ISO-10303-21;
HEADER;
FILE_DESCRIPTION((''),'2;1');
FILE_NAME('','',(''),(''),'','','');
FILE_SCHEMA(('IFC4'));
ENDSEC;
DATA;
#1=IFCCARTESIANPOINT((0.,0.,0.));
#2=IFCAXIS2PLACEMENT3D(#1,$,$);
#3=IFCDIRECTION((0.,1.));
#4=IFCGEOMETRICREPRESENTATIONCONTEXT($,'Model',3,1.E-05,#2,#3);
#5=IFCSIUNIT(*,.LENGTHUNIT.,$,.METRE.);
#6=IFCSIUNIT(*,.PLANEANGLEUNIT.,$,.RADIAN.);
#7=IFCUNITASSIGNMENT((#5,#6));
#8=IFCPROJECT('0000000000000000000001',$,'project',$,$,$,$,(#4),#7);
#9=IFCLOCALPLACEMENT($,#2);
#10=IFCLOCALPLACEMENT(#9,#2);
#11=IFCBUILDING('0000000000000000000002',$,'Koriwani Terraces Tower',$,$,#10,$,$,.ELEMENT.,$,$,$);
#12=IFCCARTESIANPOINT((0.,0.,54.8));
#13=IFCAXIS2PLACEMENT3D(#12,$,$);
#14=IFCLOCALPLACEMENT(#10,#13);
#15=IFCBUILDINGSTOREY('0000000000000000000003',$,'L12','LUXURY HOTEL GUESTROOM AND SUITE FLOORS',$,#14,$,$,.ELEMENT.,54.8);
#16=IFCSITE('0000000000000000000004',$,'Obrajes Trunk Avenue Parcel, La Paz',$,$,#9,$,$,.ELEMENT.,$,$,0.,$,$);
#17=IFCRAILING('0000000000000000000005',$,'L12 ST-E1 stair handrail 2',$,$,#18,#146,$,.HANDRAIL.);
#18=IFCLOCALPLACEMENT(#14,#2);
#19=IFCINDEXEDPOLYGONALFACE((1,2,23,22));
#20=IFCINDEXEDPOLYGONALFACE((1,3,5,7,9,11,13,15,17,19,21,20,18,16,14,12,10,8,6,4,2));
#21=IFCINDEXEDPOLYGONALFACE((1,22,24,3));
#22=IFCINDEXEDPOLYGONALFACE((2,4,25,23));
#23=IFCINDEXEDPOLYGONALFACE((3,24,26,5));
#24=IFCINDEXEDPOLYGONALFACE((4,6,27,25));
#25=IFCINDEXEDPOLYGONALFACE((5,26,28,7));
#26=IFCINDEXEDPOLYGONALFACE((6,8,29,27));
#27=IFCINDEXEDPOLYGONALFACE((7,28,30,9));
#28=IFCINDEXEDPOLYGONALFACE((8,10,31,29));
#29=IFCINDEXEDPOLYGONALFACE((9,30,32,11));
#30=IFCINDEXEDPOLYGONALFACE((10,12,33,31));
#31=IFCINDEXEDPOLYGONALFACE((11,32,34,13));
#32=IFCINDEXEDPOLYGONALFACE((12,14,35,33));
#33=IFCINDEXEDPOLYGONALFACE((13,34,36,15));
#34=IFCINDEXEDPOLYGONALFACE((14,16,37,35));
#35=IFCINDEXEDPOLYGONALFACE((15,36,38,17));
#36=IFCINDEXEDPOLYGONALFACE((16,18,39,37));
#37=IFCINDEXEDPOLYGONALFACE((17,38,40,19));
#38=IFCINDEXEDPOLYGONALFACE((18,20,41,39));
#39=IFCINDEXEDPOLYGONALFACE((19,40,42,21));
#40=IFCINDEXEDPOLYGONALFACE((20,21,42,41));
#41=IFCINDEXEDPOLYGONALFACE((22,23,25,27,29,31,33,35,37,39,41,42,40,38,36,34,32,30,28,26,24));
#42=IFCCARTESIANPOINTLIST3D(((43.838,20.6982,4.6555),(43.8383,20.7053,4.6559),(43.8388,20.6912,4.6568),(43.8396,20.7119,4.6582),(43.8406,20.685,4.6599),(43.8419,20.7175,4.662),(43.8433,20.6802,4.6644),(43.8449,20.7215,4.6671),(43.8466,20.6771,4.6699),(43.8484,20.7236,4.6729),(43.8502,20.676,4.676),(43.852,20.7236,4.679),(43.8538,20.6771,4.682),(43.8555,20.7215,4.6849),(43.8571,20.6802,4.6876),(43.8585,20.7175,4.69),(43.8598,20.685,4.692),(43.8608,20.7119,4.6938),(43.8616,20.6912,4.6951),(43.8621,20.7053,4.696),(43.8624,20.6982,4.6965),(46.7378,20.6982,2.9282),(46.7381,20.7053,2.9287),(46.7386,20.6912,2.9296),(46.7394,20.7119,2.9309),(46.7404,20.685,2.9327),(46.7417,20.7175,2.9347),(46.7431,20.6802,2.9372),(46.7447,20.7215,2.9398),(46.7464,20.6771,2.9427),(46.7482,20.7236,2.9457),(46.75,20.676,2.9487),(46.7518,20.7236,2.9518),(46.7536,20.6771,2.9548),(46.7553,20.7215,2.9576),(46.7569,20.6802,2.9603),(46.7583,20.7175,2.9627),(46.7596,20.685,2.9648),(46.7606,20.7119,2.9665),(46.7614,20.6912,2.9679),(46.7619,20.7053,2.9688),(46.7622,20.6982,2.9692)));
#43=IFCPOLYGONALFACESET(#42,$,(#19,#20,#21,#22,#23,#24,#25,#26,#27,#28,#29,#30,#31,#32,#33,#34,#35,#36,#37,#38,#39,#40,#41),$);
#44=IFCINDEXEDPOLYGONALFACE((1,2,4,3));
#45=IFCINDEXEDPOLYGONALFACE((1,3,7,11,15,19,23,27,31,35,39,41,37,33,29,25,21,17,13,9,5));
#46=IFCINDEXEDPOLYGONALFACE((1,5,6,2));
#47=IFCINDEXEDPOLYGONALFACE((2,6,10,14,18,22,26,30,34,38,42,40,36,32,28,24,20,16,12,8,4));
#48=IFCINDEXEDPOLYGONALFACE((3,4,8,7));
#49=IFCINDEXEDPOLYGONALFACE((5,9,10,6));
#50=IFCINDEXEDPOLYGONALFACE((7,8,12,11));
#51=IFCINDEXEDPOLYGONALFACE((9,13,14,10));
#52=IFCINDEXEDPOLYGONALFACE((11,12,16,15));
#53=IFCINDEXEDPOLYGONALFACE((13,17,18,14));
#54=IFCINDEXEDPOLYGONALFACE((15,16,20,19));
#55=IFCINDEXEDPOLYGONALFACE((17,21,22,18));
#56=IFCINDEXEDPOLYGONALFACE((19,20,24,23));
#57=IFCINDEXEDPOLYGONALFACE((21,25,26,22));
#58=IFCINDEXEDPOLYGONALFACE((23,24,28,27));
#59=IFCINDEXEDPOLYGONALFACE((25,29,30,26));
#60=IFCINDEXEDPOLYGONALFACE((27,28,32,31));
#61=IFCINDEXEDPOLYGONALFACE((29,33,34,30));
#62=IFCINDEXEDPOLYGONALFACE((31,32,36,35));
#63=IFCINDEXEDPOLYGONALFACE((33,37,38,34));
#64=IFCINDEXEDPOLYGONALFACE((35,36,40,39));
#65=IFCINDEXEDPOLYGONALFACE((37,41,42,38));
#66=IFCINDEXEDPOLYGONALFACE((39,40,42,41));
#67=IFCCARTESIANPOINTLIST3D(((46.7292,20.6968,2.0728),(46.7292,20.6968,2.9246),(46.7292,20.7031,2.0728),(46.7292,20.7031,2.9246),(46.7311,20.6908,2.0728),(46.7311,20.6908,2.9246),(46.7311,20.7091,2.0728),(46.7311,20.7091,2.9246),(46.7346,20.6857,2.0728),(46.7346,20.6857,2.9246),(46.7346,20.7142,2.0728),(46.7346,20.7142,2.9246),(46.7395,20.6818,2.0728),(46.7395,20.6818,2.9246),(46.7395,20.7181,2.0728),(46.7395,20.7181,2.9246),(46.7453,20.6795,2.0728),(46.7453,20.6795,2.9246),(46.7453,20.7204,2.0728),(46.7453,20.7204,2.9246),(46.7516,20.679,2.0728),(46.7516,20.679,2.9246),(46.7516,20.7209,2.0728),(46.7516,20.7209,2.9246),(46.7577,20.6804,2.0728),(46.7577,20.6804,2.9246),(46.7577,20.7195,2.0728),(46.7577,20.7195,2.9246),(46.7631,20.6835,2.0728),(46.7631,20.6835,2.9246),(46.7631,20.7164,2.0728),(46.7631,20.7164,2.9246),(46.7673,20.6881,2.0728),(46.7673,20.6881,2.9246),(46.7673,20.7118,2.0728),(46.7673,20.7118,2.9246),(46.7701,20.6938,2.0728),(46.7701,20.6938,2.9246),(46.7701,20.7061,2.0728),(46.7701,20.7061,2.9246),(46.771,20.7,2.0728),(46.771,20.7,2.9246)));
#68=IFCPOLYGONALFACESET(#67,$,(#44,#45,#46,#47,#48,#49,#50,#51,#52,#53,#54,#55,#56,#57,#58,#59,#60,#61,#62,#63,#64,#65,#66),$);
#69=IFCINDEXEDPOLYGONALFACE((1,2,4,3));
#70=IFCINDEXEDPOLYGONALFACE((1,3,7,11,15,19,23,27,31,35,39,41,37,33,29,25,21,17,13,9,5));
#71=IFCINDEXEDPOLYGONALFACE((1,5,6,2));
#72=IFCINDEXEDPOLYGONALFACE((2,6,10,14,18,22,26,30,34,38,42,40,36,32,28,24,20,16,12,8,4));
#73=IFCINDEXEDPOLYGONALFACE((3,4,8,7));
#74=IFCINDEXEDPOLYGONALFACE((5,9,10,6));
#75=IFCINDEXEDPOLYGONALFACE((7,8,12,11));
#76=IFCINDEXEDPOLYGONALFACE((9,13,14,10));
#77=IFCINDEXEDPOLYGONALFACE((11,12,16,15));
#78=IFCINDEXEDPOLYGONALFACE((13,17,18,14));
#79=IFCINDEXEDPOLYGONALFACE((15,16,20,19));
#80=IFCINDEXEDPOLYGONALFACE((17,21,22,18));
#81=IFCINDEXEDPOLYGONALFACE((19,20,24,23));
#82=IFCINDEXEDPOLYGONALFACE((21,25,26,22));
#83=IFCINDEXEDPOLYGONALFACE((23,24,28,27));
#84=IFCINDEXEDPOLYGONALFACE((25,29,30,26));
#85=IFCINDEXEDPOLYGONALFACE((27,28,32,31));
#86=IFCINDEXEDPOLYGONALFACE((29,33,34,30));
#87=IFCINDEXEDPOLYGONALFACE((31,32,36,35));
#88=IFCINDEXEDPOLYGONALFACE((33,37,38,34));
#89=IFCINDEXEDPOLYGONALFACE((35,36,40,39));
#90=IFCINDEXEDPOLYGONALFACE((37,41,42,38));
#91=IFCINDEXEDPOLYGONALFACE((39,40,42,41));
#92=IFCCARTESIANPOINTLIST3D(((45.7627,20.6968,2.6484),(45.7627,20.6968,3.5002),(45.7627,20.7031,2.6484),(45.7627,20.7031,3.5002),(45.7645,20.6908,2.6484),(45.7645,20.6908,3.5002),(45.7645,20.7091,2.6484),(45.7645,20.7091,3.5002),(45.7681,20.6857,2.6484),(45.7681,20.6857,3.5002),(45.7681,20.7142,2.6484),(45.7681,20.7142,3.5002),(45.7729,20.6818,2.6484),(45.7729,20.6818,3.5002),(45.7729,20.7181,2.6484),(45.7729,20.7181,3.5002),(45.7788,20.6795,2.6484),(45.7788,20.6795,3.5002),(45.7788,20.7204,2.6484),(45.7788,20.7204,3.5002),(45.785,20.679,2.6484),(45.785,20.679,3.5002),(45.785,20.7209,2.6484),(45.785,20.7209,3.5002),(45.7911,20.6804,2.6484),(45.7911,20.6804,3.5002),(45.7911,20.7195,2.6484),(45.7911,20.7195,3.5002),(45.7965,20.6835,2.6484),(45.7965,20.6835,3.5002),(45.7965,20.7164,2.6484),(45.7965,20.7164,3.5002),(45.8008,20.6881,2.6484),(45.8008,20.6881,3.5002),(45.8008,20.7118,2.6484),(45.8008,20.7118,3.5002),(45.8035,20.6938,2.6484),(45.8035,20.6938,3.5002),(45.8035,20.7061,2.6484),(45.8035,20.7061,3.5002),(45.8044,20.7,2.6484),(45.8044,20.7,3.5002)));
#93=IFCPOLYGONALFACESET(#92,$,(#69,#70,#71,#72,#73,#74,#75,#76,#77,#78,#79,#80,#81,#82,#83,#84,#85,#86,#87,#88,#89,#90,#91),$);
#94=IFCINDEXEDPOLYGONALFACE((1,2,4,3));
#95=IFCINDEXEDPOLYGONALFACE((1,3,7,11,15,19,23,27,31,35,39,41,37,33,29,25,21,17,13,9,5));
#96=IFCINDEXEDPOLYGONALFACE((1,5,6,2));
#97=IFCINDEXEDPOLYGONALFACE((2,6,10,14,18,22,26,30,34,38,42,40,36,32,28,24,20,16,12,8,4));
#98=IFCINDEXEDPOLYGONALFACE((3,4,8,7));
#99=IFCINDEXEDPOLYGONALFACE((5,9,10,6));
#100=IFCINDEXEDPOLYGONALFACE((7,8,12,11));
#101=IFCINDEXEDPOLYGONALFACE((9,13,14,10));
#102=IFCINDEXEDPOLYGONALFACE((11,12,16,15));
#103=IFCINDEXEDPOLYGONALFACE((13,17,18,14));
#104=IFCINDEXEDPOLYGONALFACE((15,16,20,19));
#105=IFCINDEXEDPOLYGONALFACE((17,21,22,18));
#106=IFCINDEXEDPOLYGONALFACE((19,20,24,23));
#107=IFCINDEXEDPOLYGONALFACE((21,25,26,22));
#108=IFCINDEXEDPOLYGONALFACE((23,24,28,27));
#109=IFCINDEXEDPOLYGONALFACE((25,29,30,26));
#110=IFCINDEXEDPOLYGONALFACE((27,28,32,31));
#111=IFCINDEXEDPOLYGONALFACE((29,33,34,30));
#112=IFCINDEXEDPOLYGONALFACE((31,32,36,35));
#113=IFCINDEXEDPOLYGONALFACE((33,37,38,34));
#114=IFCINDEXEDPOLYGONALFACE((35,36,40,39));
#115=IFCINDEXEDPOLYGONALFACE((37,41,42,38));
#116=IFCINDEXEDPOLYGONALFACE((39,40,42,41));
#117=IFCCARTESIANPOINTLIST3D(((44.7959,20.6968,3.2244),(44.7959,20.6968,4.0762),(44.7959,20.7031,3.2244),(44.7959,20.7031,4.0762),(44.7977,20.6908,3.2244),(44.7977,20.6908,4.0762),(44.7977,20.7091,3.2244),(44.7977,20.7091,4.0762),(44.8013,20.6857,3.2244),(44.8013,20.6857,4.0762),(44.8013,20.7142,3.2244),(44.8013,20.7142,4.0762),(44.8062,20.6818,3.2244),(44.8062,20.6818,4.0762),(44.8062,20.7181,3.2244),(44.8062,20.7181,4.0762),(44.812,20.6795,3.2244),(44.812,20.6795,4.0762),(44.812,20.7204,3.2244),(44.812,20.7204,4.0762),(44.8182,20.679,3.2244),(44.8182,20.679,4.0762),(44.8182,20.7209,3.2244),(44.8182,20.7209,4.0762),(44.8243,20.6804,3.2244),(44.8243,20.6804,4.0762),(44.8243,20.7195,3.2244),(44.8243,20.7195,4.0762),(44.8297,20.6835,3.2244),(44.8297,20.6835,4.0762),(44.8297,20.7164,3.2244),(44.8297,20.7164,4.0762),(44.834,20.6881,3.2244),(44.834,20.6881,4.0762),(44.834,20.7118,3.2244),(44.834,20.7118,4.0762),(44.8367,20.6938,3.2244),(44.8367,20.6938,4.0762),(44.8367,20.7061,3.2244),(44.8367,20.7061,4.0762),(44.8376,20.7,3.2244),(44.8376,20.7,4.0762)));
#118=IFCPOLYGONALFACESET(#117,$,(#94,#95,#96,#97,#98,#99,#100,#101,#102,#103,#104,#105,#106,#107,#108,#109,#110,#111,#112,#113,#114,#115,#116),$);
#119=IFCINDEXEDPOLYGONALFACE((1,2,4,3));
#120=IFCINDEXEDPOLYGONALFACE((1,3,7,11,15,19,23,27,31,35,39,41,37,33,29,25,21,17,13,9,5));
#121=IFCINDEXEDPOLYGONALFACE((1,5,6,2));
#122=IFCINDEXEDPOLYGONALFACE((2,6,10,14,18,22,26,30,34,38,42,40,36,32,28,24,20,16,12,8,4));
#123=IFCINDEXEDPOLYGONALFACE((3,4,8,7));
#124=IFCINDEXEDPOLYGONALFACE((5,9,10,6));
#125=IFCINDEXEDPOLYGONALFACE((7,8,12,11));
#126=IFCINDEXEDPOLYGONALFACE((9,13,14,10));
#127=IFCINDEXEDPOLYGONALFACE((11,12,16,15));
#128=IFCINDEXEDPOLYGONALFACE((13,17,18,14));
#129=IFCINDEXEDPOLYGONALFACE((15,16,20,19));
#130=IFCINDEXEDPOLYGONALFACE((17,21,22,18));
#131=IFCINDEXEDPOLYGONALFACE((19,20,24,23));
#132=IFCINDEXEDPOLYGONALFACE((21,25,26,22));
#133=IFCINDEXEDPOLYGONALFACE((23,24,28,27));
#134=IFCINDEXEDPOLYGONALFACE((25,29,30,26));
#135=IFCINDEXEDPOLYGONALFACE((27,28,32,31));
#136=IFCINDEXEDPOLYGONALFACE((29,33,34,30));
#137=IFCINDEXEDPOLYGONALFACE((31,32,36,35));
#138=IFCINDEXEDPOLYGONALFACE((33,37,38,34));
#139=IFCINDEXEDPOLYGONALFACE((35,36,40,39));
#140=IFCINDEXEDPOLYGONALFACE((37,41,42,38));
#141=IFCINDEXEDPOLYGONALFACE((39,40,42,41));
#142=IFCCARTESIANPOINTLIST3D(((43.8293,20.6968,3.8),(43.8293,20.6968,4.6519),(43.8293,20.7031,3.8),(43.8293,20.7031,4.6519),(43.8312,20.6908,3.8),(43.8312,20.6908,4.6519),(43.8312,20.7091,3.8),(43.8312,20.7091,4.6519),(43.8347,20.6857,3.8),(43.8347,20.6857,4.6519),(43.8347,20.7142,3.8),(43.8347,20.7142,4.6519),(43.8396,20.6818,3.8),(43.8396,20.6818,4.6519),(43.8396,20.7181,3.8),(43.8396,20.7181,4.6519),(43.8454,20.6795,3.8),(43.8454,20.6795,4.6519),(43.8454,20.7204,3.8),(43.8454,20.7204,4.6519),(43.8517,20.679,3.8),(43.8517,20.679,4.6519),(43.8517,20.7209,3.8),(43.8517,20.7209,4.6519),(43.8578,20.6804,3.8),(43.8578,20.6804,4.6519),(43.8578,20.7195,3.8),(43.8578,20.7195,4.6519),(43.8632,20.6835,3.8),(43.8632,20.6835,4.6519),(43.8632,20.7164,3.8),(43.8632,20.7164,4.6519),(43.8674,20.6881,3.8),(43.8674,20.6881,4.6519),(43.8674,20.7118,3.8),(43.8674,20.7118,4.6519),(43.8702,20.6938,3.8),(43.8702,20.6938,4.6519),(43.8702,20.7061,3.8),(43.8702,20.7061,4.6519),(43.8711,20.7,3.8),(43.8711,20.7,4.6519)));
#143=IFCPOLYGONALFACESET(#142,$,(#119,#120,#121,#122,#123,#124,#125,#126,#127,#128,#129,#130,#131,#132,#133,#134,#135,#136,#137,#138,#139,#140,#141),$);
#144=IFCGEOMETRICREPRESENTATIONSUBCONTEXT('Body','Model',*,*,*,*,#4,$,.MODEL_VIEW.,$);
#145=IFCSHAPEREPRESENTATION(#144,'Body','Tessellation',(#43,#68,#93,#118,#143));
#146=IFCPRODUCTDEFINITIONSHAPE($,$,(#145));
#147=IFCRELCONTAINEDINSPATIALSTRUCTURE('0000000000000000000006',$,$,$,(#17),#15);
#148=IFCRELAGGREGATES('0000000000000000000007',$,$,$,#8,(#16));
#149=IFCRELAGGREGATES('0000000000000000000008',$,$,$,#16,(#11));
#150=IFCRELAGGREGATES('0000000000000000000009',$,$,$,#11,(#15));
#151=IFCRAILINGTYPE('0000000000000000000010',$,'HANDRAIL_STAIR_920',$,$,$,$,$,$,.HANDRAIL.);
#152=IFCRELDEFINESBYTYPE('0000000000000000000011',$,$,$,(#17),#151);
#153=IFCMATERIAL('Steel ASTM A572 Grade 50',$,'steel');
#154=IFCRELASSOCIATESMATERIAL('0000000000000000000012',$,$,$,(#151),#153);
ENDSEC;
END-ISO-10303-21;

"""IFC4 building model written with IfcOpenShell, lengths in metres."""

from ifc_helpers import new_model, si_unit, direction, frame, origin, origin_2d, place, context, subcontext, project, spatial, circle, extrude, material, type_object, element, save


model = new_model("IFC4")

# Units and contexts
model_context = context("Model", 3, precision=1e-05, world=origin(), true_north=direction((0.0, 1.0)))
body_context = subcontext(model_context, "Body", "Model", "MODEL_VIEW")
ifc_project = project(units=[si_unit("LENGTHUNIT", "METRE"), si_unit("PLANEANGLEUNIT", "RADIAN")], contexts=[model_context])

# Site, building, storey
site_placement = place(None, origin())
site = spatial("IfcSite", under=ifc_project, at=site_placement, Name="Obrajes Trunk Avenue Parcel, La Paz", CompositionType="ELEMENT", RefElevation=0.0)
building_placement = place(site_placement, origin())
building = spatial("IfcBuilding", under=site, at=building_placement, Name="Koriwani Terraces Tower", CompositionType="ELEMENT")
storey_placement = place(building_placement, frame((0.0, 0.0, 54.8)))
storey = spatial("IfcBuildingStorey", under=building, at=storey_placement, Name="L12", Description="LUXURY HOTEL GUESTROOM AND SUITE FLOORS", CompositionType="ELEMENT", Elevation=54.8)

# Shared definitions
ifc_material_1 = material(Name="Steel ASTM A572 Grade 50", Category="steel")

# Railing
railing_type_1 = type_object("IfcRailingType", Name="HANDRAIL_STAIR_920", PredefinedType="HANDRAIL", material=ifc_material_1)
railing_1_placement = place(storey_placement, frame((46.75, 20.7, 2.0728)))
element("IfcRailing", 1, at=railing_1_placement, inside=storey, type_object=railing_type_1, Name="L12 ST-E1 stair handrail 2", PredefinedType="HANDRAIL", context=body_context, shape_type="SweptSolid", body=[
    extrude(circle(Radius=0.0239, at=origin_2d()), frame((0.0, 0.0, 0.876), z_axis=(-0.859141, 0.0, 0.511738), x_axis=(0.0, -1.0, 0.0)), (0.0, 0.0, 1.0), 3.3752),
    extrude(circle(Radius=0.021, at=origin_2d()), origin(), (0.0, 0.0, 1.0), 0.8518),
    extrude(circle(Radius=0.021, at=origin_2d()), frame((-0.9666, 0.0, 0.5757)), (0.0, 0.0, 1.0), 0.8518),
    extrude(circle(Radius=0.021, at=origin_2d()), frame((-1.9333, 0.0, 1.1516)), (0.0, 0.0, 1.0), 0.8518),
    extrude(circle(Radius=0.021, at=origin_2d()), frame((-2.8999, 0.0, 1.7273)), (0.0, 0.0, 1.0), 0.8518),
])

save(model, "model.ifc")
